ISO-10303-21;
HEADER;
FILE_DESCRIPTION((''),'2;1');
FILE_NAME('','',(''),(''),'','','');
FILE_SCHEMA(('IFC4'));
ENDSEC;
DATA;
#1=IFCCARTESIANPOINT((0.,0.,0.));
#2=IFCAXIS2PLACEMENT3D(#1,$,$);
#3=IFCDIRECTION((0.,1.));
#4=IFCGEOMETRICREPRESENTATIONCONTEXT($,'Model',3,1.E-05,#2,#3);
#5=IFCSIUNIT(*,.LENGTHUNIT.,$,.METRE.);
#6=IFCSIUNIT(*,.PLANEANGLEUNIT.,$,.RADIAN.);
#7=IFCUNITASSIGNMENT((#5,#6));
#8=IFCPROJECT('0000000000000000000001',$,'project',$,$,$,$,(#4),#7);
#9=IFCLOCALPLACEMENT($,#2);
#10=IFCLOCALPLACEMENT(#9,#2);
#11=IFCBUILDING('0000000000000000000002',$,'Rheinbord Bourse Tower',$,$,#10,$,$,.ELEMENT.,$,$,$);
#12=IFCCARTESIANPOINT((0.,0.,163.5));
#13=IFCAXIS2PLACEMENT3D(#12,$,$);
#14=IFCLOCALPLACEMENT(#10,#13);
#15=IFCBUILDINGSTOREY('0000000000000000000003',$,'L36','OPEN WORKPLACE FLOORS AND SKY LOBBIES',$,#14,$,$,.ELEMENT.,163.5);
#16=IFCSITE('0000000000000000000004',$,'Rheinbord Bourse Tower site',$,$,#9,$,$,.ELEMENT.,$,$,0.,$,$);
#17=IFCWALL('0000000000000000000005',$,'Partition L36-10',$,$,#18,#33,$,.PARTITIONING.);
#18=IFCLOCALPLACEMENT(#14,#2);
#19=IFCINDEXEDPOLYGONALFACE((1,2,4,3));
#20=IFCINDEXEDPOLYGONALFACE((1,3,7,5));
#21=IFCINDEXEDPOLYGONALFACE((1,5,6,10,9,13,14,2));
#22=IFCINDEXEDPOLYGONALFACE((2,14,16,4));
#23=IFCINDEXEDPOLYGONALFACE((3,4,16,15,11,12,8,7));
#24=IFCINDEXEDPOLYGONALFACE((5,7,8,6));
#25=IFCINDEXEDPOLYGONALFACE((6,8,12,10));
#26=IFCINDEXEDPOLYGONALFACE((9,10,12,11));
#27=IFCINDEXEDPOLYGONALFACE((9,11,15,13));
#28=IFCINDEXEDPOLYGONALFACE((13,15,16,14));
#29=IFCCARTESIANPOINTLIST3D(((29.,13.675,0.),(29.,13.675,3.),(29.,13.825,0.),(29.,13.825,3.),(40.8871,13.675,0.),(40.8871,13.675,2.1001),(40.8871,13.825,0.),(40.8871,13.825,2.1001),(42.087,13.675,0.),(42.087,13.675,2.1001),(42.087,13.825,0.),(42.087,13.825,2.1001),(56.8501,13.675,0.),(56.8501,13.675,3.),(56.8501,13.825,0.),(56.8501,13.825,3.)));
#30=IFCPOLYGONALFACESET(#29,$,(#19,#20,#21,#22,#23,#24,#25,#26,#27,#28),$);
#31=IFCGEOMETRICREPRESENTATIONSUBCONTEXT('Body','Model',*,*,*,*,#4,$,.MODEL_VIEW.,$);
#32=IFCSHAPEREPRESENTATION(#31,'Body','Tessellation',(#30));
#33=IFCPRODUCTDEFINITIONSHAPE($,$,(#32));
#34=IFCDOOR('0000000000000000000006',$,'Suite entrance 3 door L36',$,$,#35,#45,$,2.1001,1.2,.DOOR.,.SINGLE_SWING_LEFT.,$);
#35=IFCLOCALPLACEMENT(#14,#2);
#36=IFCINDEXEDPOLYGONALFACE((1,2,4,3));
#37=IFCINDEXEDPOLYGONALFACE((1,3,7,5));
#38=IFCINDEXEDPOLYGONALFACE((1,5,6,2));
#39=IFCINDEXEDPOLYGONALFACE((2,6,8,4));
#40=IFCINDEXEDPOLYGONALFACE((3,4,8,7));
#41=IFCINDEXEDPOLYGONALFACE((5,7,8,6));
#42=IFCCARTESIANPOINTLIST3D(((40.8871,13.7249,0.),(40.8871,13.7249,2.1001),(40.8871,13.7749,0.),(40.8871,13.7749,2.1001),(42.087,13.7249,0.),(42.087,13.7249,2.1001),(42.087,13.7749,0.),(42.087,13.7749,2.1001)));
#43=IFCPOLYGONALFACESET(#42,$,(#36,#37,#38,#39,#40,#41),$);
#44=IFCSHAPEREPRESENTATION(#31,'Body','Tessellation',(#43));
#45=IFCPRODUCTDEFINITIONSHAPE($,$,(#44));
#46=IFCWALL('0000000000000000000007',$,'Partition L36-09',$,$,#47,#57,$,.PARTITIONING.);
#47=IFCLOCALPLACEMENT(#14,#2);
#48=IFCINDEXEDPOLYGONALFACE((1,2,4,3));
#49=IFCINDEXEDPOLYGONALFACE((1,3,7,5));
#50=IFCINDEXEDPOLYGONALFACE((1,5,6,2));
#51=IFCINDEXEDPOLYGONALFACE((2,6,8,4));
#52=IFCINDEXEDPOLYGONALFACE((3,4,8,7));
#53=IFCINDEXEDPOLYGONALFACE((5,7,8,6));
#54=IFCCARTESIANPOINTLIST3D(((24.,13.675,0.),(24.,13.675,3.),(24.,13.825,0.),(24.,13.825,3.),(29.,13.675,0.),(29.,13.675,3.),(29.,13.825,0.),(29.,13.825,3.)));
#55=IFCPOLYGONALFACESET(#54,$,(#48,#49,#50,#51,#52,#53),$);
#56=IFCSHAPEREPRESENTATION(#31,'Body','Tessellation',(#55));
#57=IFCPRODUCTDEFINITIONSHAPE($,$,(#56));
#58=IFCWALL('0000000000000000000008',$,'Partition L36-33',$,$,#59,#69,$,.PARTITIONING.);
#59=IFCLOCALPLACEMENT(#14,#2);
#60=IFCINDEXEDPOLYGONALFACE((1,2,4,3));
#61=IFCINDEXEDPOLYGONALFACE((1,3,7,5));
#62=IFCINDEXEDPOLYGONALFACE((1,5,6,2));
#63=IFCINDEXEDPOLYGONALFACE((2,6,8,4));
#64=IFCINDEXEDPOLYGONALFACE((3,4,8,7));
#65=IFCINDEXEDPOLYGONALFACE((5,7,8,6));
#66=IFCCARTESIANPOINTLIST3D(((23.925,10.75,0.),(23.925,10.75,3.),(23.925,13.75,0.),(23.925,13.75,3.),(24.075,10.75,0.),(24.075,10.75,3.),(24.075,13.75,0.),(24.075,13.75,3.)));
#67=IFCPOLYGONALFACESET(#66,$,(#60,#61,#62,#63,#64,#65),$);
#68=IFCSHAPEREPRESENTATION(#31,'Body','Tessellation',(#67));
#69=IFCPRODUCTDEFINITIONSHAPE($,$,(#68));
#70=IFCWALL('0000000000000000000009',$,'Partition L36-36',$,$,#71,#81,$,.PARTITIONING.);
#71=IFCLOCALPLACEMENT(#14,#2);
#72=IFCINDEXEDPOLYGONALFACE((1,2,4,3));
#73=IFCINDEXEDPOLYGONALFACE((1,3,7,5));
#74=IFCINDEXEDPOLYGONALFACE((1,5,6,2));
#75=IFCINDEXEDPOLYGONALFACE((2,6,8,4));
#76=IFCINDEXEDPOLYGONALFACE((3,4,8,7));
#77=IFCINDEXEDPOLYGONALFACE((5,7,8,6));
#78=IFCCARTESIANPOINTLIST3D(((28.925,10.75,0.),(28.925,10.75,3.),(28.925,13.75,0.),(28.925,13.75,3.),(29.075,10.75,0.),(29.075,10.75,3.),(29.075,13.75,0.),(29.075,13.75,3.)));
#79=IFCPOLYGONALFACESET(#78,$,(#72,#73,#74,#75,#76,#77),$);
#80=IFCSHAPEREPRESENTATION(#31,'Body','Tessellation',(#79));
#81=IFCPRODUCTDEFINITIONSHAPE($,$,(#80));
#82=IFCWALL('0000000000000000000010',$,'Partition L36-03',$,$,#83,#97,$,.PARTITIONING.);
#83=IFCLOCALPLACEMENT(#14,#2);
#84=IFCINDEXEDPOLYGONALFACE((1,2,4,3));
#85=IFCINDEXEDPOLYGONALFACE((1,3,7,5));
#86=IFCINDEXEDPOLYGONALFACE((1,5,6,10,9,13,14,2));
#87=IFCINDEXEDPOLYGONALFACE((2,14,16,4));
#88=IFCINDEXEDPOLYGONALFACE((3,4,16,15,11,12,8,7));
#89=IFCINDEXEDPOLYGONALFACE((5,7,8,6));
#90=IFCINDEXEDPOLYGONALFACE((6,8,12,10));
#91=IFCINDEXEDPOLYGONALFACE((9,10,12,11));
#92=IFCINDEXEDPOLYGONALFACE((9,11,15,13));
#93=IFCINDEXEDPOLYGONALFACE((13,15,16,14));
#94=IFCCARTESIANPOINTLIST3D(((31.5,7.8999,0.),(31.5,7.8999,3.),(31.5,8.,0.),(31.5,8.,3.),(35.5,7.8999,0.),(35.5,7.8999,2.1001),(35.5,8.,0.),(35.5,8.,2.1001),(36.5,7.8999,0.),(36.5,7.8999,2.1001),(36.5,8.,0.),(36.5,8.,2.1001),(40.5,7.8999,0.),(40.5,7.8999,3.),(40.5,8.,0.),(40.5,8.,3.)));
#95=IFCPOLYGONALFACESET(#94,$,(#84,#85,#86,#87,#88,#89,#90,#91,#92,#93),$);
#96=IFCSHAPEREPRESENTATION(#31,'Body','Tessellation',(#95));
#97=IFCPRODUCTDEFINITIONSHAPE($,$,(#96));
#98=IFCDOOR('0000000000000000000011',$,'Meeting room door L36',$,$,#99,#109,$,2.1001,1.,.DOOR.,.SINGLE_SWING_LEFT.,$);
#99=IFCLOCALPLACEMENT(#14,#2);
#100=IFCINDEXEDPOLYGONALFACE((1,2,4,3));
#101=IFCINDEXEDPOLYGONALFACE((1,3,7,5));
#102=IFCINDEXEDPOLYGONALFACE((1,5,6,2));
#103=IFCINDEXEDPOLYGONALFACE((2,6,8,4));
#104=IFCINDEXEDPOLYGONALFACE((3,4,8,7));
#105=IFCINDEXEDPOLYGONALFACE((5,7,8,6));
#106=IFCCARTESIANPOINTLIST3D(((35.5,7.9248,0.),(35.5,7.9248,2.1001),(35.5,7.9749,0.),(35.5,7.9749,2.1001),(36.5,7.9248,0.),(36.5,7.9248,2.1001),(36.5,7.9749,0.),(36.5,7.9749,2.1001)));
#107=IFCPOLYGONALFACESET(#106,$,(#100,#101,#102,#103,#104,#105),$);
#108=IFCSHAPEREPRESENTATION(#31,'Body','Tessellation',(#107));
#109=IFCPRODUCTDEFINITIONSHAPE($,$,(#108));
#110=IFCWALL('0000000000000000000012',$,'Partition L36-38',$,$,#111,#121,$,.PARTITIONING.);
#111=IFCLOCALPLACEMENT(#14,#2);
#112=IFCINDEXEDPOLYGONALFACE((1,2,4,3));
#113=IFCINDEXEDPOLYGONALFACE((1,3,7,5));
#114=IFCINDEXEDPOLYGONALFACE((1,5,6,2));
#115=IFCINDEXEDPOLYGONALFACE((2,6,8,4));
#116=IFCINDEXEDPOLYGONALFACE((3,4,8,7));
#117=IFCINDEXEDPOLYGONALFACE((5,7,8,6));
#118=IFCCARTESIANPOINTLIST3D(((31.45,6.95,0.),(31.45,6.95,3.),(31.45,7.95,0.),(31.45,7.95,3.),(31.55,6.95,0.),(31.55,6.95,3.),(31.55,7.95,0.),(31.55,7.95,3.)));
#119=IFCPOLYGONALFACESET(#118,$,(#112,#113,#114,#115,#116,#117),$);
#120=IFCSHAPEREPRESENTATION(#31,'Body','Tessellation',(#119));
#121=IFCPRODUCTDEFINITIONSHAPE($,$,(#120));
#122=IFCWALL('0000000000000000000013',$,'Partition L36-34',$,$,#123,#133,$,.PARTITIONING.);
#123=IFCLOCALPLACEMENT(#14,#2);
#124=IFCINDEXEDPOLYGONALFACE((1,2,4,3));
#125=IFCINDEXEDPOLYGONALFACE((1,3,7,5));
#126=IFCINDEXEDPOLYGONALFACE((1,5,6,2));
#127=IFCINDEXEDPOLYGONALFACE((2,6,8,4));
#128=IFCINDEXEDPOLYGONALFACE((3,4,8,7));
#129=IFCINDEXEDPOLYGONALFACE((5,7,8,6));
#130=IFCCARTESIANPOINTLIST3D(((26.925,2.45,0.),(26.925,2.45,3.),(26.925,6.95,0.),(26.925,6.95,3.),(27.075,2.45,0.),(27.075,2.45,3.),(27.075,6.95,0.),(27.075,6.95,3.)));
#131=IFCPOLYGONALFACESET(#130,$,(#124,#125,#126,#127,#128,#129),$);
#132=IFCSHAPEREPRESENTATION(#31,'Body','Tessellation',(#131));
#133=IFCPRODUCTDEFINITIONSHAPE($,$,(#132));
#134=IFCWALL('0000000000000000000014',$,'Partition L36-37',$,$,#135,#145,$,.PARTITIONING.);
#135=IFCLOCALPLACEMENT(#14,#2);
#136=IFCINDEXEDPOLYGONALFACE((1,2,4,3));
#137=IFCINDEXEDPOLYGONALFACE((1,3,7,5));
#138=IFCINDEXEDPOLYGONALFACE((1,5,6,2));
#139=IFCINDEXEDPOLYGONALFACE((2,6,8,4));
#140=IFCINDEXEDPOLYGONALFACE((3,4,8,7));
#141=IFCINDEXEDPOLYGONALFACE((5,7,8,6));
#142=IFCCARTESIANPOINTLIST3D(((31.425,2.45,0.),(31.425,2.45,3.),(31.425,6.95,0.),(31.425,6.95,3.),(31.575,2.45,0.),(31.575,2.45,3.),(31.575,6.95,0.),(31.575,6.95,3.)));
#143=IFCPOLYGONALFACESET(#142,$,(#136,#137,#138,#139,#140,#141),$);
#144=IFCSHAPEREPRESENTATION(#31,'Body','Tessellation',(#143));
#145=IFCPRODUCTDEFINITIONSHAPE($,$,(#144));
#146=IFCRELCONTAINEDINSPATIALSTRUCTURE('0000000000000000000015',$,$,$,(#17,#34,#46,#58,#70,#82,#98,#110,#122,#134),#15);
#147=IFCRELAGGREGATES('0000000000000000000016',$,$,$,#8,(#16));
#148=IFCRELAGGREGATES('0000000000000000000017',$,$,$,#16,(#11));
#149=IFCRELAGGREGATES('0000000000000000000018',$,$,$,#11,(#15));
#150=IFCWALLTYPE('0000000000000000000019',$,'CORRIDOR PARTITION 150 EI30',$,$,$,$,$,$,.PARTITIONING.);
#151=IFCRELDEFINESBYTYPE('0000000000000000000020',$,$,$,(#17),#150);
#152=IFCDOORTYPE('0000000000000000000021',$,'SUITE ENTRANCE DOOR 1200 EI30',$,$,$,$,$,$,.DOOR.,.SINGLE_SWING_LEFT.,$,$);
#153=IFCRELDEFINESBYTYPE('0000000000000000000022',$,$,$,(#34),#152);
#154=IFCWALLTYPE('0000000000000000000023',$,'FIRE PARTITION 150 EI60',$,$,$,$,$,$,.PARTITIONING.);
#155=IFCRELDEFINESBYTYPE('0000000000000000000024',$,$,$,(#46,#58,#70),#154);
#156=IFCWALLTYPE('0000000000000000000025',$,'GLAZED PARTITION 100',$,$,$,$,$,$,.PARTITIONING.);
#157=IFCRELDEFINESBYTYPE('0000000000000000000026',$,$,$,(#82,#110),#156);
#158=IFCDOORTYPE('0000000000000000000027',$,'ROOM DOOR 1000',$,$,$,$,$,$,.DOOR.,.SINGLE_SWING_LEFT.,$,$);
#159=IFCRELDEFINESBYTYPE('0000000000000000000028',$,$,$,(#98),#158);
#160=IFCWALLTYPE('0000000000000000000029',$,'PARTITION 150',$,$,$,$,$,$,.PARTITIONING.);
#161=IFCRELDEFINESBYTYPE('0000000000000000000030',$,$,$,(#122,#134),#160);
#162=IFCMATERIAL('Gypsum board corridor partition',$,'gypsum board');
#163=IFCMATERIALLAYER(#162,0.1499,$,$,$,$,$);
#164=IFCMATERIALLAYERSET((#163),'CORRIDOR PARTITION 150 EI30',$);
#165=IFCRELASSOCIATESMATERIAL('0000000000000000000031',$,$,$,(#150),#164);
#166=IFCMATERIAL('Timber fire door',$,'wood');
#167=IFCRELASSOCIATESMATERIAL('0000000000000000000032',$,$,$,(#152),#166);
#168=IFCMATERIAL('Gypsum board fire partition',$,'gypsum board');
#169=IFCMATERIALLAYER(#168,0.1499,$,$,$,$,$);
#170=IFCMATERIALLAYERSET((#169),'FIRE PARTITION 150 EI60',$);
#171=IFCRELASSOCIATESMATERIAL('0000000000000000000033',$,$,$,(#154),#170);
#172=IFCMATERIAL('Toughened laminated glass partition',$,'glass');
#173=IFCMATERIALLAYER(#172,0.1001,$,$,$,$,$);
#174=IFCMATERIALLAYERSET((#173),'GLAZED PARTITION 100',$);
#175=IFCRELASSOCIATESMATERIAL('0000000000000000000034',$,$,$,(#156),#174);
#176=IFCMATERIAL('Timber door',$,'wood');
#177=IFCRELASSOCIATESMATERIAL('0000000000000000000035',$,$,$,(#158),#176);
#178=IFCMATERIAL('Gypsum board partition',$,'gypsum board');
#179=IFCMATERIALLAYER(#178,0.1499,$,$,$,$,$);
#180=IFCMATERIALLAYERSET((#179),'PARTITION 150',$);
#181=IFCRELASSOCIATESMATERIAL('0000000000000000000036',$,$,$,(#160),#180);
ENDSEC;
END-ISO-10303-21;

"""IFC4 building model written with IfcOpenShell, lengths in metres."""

from ifc_helpers import new_model, si_unit, direction, frame, frame_2d, origin, place, context, subcontext, project, spatial, rectangle, extrude, material, layer, layer_set, type_object, element, fill, save


model = new_model("IFC4")

# Units and contexts
model_context = context("Model", 3, precision=1e-05, world=origin(), true_north=direction((0.0, 1.0)))
body_context = subcontext(model_context, "Body", "Model", "MODEL_VIEW")
ifc_project = project(units=[si_unit("LENGTHUNIT", "METRE"), si_unit("PLANEANGLEUNIT", "RADIAN")], contexts=[model_context])

# Site, building, storey
site_placement = place(None, origin())
site = spatial("IfcSite", under=ifc_project, at=site_placement, Name="Rheinbord Bourse Tower site", CompositionType="ELEMENT", RefElevation=0.0)
building_placement = place(site_placement, origin())
building = spatial("IfcBuilding", under=site, at=building_placement, Name="Rheinbord Bourse Tower", CompositionType="ELEMENT")
storey_placement = place(building_placement, frame((0.0, 0.0, 163.5)))
storey = spatial("IfcBuildingStorey", under=building, at=storey_placement, Name="L36", Description="OPEN WORKPLACE FLOORS AND SKY LOBBIES", CompositionType="ELEMENT", Elevation=163.5)

# Wall, opening, door
ifc_material_1 = material(Name="Gypsum board corridor partition", Category="gypsum board")
ifc_layer_1 = layer(ifc_material_1, 0.1499)
ifc_layer_set_1 = layer_set([ifc_layer_1], Name="CORRIDOR PARTITION 150 EI30")
wall_type_1 = type_object("IfcWallType", Name="CORRIDOR PARTITION 150 EI30", PredefinedType="PARTITIONING", material=ifc_layer_set_1)
wall_1_placement = place(storey_placement, frame((29.0, 13.75, 0.0), z_axis=(0.0, 0.0, 1.0), x_axis=(1.0, 0.0, 0.0)))
wall_1 = element("IfcWall", 1, at=wall_1_placement, inside=storey, type_object=wall_type_1, Name="Partition L36-10", PredefinedType="PARTITIONING", context=body_context, shape_type="SweptSolid", body=[
    extrude(rectangle(XDim=27.8501, YDim=0.1499, at=frame_2d((13.925, 0.0))), origin(), (0.0, 0.0, 1.0), 3.0),
])
opening_1_placement = place(wall_1_placement, frame((11.887, 0.0, 0.0)))
opening_1 = element("IfcOpeningElement", 2, at=opening_1_placement, cuts=wall_1, PredefinedType="OPENING", context=body_context, shape_type="SweptSolid", body=[
    extrude(rectangle(XDim=1.2, YDim=2.1001, at=frame_2d((0.6001, 1.05))), frame((0.0, 0.085, 0.0), z_axis=(0.0, -1.0, 0.0), x_axis=(1.0, 0.0, 0.0)), (0.0, 0.0, 1.0), 0.1699),
])
ifc_material_2 = material(Name="Timber fire door", Category="wood")
door_type_1 = type_object("IfcDoorType", Name="SUITE ENTRANCE DOOR 1200 EI30", OperationType="SINGLE_SWING_LEFT", PredefinedType="DOOR", material=ifc_material_2)
door_1_placement = place(opening_1_placement, origin())
door_1 = element("IfcDoor", 3, at=door_1_placement, inside=storey, type_object=door_type_1, Name="Suite entrance 3 door L36", OperationType="SINGLE_SWING_LEFT", OverallHeight=2.1001, OverallWidth=1.2, PredefinedType="DOOR", context=body_context, shape_type="SweptSolid", body=[
    extrude(rectangle(XDim=1.2, YDim=2.1001, at=frame_2d((0.6001, 1.05))), frame((0.0, 0.0249, 0.0), z_axis=(0.0, -1.0, 0.0), x_axis=(1.0, 0.0, 0.0)), (0.0, 0.0, 1.0), 0.05),
])
fill(opening_1, door_1)

# Walls
ifc_material_3 = material(Name="Gypsum board fire partition", Category="gypsum board")
ifc_layer_2 = layer(ifc_material_3, 0.1499)
ifc_layer_set_2 = layer_set([ifc_layer_2], Name="FIRE PARTITION 150 EI60")
wall_type_2 = type_object("IfcWallType", Name="FIRE PARTITION 150 EI60", PredefinedType="PARTITIONING", material=ifc_layer_set_2)
wall_2_placement = place(storey_placement, frame((24.0, 13.75, 0.0), z_axis=(0.0, 0.0, 1.0), x_axis=(1.0, 0.0, 0.0)))
element("IfcWall", 4, at=wall_2_placement, inside=storey, type_object=wall_type_2, Name="Partition L36-09", PredefinedType="PARTITIONING", context=body_context, shape_type="SweptSolid", body=[
    extrude(rectangle(XDim=5.0, YDim=0.1499, at=frame_2d((2.5, 0.0))), origin(), (0.0, 0.0, 1.0), 3.0),
])
for number, where, z_axis, x_axis, name in (
    (5, (24.0, 10.75, 0.0), (0.0, 0.0, 1.0), (0.0, 1.0, 0.0), "Partition L36-33"),
    (6, (29.0, 10.75, 0.0), (0.0, 0.0, 1.0), (0.0, 1.0, 0.0), "Partition L36-36"),
):
    element("IfcWall", number, at=place(storey_placement, frame(where, z_axis=z_axis, x_axis=x_axis)), inside=storey, type_object=wall_type_2, Name=name, PredefinedType="PARTITIONING", context=body_context, shape_type="SweptSolid", body=[
        extrude(rectangle(XDim=3.0, YDim=0.1499, at=frame_2d((1.5, 0.0))), origin(), (0.0, 0.0, 1.0), 3.0),
    ])

# Wall, opening, door
ifc_material_4 = material(Name="Toughened laminated glass partition", Category="glass")
ifc_layer_3 = layer(ifc_material_4, 0.1001)
ifc_layer_set_3 = layer_set([ifc_layer_3], Name="GLAZED PARTITION 100")
wall_type_3 = type_object("IfcWallType", Name="GLAZED PARTITION 100", PredefinedType="PARTITIONING", material=ifc_layer_set_3)
wall_3_placement = place(storey_placement, frame((31.5, 7.95, 0.0), z_axis=(0.0, 0.0, 1.0), x_axis=(1.0, 0.0, 0.0)))
wall_3 = element("IfcWall", 7, at=wall_3_placement, inside=storey, type_object=wall_type_3, Name="Partition L36-03", PredefinedType="PARTITIONING", context=body_context, shape_type="SweptSolid", body=[
    extrude(rectangle(XDim=9.0, YDim=0.1001, at=frame_2d((4.5, 0.0))), origin(), (0.0, 0.0, 1.0), 3.0),
])
opening_2_placement = place(wall_3_placement, frame((4.0, 0.0, 0.0)))
opening_2 = element("IfcOpeningElement", 8, at=opening_2_placement, cuts=wall_3, PredefinedType="OPENING", context=body_context, shape_type="SweptSolid", body=[
    extrude(rectangle(XDim=1.0, YDim=2.1001, at=frame_2d((0.5, 1.05))), frame((0.0, 0.0601, 0.0), z_axis=(0.0, -1.0, 0.0), x_axis=(1.0, 0.0, 0.0)), (0.0, 0.0, 1.0), 0.1201),
])
ifc_material_5 = material(Name="Timber door", Category="wood")
door_type_2 = type_object("IfcDoorType", Name="ROOM DOOR 1000", OperationType="SINGLE_SWING_LEFT", PredefinedType="DOOR", material=ifc_material_5)
door_2_placement = place(opening_2_placement, origin())
door_2 = element("IfcDoor", 9, at=door_2_placement, inside=storey, type_object=door_type_2, Name="Meeting room door L36", OperationType="SINGLE_SWING_LEFT", OverallHeight=2.1001, OverallWidth=1.0, PredefinedType="DOOR", context=body_context, shape_type="SweptSolid", body=[
    extrude(rectangle(XDim=1.0, YDim=2.1001, at=frame_2d((0.5, 1.05))), frame((0.0, 0.0249, 0.0), z_axis=(0.0, -1.0, 0.0), x_axis=(1.0, 0.0, 0.0)), (0.0, 0.0, 1.0), 0.05),
])
fill(opening_2, door_2)

# Walls
wall_4_placement = place(storey_placement, frame((31.5, 6.95, 0.0), z_axis=(0.0, 0.0, 1.0), x_axis=(0.0, 1.0, 0.0)))
element("IfcWall", 10, at=wall_4_placement, inside=storey, type_object=wall_type_3, Name="Partition L36-38", PredefinedType="PARTITIONING", context=body_context, shape_type="SweptSolid", body=[
    extrude(rectangle(XDim=1.0, YDim=0.1001, at=frame_2d((0.5, 0.0))), origin(), (0.0, 0.0, 1.0), 3.0),
])
ifc_material_6 = material(Name="Gypsum board partition", Category="gypsum board")
ifc_layer_4 = layer(ifc_material_6, 0.1499)
ifc_layer_set_4 = layer_set([ifc_layer_4], Name="PARTITION 150")
wall_type_4 = type_object("IfcWallType", Name="PARTITION 150", PredefinedType="PARTITIONING", material=ifc_layer_set_4)
for number, where, z_axis, x_axis, name in (
    (11, (27.0, 2.45, 0.0), (0.0, 0.0, 1.0), (0.0, 1.0, 0.0), "Partition L36-34"),
    (12, (31.5, 2.45, 0.0), (0.0, 0.0, 1.0), (0.0, 1.0, 0.0), "Partition L36-37"),
):
    element("IfcWall", number, at=place(storey_placement, frame(where, z_axis=z_axis, x_axis=x_axis)), inside=storey, type_object=wall_type_4, Name=name, PredefinedType="PARTITIONING", context=body_context, shape_type="SweptSolid", body=[
        extrude(rectangle(XDim=4.5, YDim=0.1499, at=frame_2d((2.25, 0.0))), origin(), (0.0, 0.0, 1.0), 3.0),
    ])

save(model, "model.ifc")
